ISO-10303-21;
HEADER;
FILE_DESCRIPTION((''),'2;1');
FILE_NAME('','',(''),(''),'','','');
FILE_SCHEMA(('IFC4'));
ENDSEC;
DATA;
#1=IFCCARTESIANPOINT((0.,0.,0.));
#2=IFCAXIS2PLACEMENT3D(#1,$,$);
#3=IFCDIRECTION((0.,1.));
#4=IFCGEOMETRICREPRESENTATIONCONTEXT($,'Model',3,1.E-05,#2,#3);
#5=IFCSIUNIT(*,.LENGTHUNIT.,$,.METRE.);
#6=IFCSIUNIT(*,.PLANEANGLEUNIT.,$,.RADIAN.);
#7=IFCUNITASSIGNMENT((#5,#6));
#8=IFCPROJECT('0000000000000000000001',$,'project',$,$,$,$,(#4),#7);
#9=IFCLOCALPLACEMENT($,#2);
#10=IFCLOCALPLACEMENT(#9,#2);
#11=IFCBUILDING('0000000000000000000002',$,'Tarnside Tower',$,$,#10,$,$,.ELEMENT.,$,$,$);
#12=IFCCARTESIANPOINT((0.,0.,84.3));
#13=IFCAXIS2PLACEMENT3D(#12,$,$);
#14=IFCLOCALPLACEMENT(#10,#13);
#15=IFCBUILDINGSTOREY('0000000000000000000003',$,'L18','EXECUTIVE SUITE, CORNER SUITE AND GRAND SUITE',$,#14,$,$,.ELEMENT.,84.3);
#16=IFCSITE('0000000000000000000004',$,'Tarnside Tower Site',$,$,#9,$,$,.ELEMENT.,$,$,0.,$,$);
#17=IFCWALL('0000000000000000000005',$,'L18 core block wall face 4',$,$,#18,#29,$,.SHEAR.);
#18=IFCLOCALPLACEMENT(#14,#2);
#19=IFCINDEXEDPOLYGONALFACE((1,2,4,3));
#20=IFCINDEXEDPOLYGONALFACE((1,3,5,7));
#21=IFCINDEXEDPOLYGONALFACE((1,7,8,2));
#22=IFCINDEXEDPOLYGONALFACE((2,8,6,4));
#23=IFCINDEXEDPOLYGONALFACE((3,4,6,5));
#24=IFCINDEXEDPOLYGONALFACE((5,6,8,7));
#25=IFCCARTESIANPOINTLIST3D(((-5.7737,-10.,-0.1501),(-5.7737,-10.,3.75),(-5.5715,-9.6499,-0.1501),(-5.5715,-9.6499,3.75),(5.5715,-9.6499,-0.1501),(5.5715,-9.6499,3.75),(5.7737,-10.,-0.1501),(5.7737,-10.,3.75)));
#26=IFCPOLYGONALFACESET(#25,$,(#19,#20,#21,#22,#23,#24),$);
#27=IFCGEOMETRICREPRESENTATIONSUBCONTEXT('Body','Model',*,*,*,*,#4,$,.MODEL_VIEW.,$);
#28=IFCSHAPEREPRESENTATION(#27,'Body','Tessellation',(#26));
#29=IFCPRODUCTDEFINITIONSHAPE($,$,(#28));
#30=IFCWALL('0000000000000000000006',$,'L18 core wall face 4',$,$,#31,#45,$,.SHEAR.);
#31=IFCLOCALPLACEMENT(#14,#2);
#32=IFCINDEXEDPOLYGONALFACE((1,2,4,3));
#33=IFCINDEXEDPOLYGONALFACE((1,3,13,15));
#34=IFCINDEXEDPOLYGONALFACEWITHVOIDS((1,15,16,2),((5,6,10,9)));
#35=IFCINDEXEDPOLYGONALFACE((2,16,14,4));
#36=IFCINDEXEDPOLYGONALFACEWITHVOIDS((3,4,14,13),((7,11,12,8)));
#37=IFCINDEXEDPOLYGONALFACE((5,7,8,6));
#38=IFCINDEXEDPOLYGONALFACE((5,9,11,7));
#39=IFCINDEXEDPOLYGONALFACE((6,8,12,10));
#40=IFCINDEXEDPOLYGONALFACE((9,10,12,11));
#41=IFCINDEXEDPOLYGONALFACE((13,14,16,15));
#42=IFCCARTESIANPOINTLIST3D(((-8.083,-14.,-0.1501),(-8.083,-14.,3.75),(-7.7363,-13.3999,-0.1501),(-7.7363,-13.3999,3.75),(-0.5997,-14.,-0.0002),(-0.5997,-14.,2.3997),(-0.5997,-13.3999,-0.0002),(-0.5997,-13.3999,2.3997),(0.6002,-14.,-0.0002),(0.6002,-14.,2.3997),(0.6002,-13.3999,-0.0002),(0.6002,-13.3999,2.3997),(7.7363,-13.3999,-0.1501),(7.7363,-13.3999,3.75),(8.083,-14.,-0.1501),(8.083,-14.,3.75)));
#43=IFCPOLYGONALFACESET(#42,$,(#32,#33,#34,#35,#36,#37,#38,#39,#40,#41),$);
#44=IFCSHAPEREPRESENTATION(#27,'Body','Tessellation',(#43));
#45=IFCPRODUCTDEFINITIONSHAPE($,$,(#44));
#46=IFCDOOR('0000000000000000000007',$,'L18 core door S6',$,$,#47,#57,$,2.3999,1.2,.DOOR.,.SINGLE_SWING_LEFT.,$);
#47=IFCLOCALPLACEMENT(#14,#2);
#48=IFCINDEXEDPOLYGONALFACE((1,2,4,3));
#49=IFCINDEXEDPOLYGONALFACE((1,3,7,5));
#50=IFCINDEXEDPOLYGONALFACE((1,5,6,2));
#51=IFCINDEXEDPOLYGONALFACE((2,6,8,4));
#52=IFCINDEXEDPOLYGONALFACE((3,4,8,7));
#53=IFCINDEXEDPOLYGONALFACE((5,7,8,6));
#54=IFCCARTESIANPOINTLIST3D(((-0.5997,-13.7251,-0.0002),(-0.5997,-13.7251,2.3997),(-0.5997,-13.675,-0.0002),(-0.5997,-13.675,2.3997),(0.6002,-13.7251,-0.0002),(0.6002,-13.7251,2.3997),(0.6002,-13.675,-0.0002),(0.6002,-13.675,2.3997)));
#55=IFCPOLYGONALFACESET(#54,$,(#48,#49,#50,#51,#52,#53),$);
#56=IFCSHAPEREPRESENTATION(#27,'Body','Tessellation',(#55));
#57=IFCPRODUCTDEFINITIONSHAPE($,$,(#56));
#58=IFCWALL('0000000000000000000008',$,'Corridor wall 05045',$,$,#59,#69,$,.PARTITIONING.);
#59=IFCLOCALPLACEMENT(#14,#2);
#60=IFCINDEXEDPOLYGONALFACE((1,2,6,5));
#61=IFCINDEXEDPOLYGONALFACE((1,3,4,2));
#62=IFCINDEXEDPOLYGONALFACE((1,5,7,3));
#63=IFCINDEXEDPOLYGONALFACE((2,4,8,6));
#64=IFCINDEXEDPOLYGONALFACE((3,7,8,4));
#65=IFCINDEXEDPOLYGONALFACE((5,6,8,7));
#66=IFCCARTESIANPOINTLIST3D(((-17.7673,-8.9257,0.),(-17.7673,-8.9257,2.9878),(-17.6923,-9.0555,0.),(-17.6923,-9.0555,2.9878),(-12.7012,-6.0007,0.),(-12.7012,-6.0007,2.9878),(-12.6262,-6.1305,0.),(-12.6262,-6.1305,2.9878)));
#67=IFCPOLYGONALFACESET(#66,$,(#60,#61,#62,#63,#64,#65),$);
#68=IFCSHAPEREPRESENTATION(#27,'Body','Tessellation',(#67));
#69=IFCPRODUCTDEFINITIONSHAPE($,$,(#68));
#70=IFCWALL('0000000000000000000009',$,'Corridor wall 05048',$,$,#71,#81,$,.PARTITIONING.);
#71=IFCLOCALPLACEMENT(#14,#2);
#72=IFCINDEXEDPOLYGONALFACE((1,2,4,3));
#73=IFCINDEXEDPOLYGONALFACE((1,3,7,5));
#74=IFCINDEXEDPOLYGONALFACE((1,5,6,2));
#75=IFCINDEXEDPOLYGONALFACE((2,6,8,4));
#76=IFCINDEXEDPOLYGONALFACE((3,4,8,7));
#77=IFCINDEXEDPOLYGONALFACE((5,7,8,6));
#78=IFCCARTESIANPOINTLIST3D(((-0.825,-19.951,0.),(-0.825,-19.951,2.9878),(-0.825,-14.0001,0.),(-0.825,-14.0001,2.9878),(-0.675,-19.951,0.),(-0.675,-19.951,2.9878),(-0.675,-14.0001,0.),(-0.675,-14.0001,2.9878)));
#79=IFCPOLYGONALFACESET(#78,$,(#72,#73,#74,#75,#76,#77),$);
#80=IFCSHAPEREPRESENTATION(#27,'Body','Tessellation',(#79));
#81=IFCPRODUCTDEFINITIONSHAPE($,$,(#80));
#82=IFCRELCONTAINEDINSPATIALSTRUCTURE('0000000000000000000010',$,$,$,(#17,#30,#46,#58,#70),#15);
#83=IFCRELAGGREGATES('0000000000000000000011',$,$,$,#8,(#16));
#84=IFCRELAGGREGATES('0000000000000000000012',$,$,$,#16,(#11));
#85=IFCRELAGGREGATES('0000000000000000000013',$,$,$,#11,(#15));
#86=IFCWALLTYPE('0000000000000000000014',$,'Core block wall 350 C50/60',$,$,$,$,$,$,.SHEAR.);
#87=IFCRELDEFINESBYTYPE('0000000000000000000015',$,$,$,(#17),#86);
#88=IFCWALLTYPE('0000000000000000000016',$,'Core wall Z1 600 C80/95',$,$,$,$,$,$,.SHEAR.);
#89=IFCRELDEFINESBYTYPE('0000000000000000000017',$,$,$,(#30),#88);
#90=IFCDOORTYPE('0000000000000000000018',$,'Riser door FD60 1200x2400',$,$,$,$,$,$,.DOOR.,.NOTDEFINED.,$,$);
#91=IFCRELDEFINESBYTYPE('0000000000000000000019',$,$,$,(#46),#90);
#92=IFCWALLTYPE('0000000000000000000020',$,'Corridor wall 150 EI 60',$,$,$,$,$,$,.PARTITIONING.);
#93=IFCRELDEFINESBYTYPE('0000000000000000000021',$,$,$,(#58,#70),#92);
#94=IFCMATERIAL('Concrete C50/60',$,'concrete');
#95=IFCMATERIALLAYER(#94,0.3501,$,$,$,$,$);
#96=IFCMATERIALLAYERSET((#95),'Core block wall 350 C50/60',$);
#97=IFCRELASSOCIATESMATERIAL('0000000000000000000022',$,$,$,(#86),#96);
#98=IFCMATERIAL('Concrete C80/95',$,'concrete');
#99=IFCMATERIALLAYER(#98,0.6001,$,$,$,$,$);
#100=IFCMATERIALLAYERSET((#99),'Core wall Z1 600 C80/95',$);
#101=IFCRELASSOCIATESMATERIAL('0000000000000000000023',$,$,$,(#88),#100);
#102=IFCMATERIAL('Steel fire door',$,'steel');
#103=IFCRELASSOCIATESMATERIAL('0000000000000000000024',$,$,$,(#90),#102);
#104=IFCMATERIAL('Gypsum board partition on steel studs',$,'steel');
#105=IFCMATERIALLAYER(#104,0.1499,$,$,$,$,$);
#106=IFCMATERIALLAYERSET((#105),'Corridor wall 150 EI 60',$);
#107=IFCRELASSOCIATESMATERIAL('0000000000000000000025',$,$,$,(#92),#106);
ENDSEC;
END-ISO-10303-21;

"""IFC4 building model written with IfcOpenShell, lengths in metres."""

from ifc_helpers import new_model, si_unit, direction, frame, frame_2d, origin, place, context, subcontext, project, spatial, polyline, rectangle, outline, extrude, material, layer, layer_set, type_object, element, fill, save


model = new_model("IFC4")

# Units and contexts
model_context = context("Model", 3, precision=1e-05, world=origin(), true_north=direction((0.0, 1.0)))
body_context = subcontext(model_context, "Body", "Model", "MODEL_VIEW")
ifc_project = project(units=[si_unit("LENGTHUNIT", "METRE"), si_unit("PLANEANGLEUNIT", "RADIAN")], contexts=[model_context])

# Site, building, storey
site_placement = place(None, origin())
site = spatial("IfcSite", under=ifc_project, at=site_placement, Name="Tarnside Tower Site", CompositionType="ELEMENT", RefElevation=0.0)
building_placement = place(site_placement, origin())
building = spatial("IfcBuilding", under=site, at=building_placement, Name="Tarnside Tower", CompositionType="ELEMENT")
storey_placement = place(building_placement, frame((0.0, 0.0, 84.3)))
storey = spatial("IfcBuildingStorey", under=building, at=storey_placement, Name="L18", Description="EXECUTIVE SUITE, CORNER SUITE AND GRAND SUITE", CompositionType="ELEMENT", Elevation=84.3)

# Wall
ifc_material_1 = material(Name="Concrete C50/60", Category="concrete")
ifc_layer_1 = layer(ifc_material_1, 0.3501)
ifc_layer_set_1 = layer_set([ifc_layer_1], Name="Core block wall 350 C50/60")
wall_type_1 = type_object("IfcWallType", Name="Core block wall 350 C50/60", PredefinedType="SHEAR", material=ifc_layer_set_1)
wall_1_placement = place(storey_placement, frame((-5.6726, -9.825, -0.1501), z_axis=(0.0, 0.0, 1.0), x_axis=(1.0, 0.0, 0.0)))
element("IfcWall", 1, at=wall_1_placement, inside=storey, type_object=wall_type_1, Name="L18 core block wall face 4", PredefinedType="SHEAR", context=body_context, shape_type="SweptSolid", body=[
    extrude(outline(polyline([(-0.1011, -0.175), (11.4463, -0.175), (11.2441, 0.175), (0.1011, 0.175), (-0.1011, -0.175)])), origin(), (0.0, 0.0, 1.0), 3.9001),
])

# Wall, opening, door
ifc_material_2 = material(Name="Concrete C80/95", Category="concrete")
ifc_layer_2 = layer(ifc_material_2, 0.6001)
ifc_layer_set_2 = layer_set([ifc_layer_2], Name="Core wall Z1 600 C80/95")
wall_type_2 = type_object("IfcWallType", Name="Core wall Z1 600 C80/95", PredefinedType="SHEAR", material=ifc_layer_set_2)
wall_2_placement = place(storey_placement, frame((-7.9097, -13.7, -0.1501), z_axis=(0.0, 0.0, 1.0), x_axis=(1.0, 0.0, 0.0)))
wall_2 = element("IfcWall", 2, at=wall_2_placement, inside=storey, type_object=wall_type_2, Name="L18 core wall face 4", PredefinedType="SHEAR", context=body_context, shape_type="SweptSolid", body=[
    extrude(outline(polyline([(-0.1733, -0.3), (15.9927, -0.3), (15.646, 0.3), (0.1733, 0.3), (-0.1733, -0.3)])), origin(), (0.0, 0.0, 1.0), 3.9001),
])
opening_1_placement = place(wall_2_placement, frame((7.3098, 0.0, 0.1499)))
opening_1 = element("IfcOpeningElement", 3, at=opening_1_placement, cuts=wall_2, PredefinedType="OPENING", context=body_context, shape_type="SweptSolid", body=[
    extrude(rectangle(XDim=1.2, YDim=2.3999, at=frame_2d((0.6001, 1.2))), frame((0.0, 0.3101, 0.0), z_axis=(0.0, -1.0, 0.0), x_axis=(1.0, 0.0, 0.0)), (0.0, 0.0, 1.0), 0.6201),
])
ifc_material_3 = material(Name="Steel fire door", Category="steel")
door_type_1 = type_object("IfcDoorType", Name="Riser door FD60 1200x2400", OperationType="NOTDEFINED", PredefinedType="DOOR", material=ifc_material_3)
door_1_placement = place(opening_1_placement, origin())
door_1 = element("IfcDoor", 4, at=door_1_placement, inside=storey, type_object=door_type_1, Name="L18 core door S6", OperationType="SINGLE_SWING_LEFT", OverallHeight=2.3999, OverallWidth=1.2, PredefinedType="DOOR", context=body_context, shape_type="SweptSolid", body=[
    extrude(rectangle(XDim=1.2, YDim=2.3999, at=frame_2d((0.6001, 1.2))), frame((0.0, 0.0249, 0.0), z_axis=(0.0, -1.0, 0.0), x_axis=(1.0, 0.0, 0.0)), (0.0, 0.0, 1.0), 0.05),
])
fill(opening_1, door_1)

# Walls
ifc_material_4 = material(Name="Gypsum board partition on steel studs", Category="steel")
ifc_layer_3 = layer(ifc_material_4, 0.1499)
ifc_layer_set_3 = layer_set([ifc_layer_3], Name="Corridor wall 150 EI 60")
wall_type_3 = type_object("IfcWallType", Name="Corridor wall 150 EI 60", PredefinedType="PARTITIONING", material=ifc_layer_set_3)
wall_3_placement = place(storey_placement, frame((-12.6638, -6.0657, 0.0), z_axis=(0.0, 0.0, 1.0), x_axis=(-0.866018, -0.500013, 0.0)))
element("IfcWall", 5, at=wall_3_placement, inside=storey, type_object=wall_type_3, Name="Corridor wall 05045", PredefinedType="PARTITIONING", context=body_context, shape_type="SweptSolid", body=[
    extrude(rectangle(XDim=5.8499, YDim=0.1499, at=frame_2d((2.9248, 0.0))), origin(), (0.0, 0.0, 1.0), 2.9878),
])
wall_4_placement = place(storey_placement, frame((-0.75, -14.0, 0.0), z_axis=(0.0, 0.0, 1.0), x_axis=(0.0, -1.0, 0.0)))
element("IfcWall", 6, at=wall_4_placement, inside=storey, type_object=wall_type_3, Name="Corridor wall 05048", PredefinedType="PARTITIONING", context=body_context, shape_type="SweptSolid", body=[
    extrude(rectangle(XDim=5.9509, YDim=0.1499, at=frame_2d((2.9756, 0.0))), origin(), (0.0, 0.0, 1.0), 2.9878),
])

save(model, "model.ifc")
